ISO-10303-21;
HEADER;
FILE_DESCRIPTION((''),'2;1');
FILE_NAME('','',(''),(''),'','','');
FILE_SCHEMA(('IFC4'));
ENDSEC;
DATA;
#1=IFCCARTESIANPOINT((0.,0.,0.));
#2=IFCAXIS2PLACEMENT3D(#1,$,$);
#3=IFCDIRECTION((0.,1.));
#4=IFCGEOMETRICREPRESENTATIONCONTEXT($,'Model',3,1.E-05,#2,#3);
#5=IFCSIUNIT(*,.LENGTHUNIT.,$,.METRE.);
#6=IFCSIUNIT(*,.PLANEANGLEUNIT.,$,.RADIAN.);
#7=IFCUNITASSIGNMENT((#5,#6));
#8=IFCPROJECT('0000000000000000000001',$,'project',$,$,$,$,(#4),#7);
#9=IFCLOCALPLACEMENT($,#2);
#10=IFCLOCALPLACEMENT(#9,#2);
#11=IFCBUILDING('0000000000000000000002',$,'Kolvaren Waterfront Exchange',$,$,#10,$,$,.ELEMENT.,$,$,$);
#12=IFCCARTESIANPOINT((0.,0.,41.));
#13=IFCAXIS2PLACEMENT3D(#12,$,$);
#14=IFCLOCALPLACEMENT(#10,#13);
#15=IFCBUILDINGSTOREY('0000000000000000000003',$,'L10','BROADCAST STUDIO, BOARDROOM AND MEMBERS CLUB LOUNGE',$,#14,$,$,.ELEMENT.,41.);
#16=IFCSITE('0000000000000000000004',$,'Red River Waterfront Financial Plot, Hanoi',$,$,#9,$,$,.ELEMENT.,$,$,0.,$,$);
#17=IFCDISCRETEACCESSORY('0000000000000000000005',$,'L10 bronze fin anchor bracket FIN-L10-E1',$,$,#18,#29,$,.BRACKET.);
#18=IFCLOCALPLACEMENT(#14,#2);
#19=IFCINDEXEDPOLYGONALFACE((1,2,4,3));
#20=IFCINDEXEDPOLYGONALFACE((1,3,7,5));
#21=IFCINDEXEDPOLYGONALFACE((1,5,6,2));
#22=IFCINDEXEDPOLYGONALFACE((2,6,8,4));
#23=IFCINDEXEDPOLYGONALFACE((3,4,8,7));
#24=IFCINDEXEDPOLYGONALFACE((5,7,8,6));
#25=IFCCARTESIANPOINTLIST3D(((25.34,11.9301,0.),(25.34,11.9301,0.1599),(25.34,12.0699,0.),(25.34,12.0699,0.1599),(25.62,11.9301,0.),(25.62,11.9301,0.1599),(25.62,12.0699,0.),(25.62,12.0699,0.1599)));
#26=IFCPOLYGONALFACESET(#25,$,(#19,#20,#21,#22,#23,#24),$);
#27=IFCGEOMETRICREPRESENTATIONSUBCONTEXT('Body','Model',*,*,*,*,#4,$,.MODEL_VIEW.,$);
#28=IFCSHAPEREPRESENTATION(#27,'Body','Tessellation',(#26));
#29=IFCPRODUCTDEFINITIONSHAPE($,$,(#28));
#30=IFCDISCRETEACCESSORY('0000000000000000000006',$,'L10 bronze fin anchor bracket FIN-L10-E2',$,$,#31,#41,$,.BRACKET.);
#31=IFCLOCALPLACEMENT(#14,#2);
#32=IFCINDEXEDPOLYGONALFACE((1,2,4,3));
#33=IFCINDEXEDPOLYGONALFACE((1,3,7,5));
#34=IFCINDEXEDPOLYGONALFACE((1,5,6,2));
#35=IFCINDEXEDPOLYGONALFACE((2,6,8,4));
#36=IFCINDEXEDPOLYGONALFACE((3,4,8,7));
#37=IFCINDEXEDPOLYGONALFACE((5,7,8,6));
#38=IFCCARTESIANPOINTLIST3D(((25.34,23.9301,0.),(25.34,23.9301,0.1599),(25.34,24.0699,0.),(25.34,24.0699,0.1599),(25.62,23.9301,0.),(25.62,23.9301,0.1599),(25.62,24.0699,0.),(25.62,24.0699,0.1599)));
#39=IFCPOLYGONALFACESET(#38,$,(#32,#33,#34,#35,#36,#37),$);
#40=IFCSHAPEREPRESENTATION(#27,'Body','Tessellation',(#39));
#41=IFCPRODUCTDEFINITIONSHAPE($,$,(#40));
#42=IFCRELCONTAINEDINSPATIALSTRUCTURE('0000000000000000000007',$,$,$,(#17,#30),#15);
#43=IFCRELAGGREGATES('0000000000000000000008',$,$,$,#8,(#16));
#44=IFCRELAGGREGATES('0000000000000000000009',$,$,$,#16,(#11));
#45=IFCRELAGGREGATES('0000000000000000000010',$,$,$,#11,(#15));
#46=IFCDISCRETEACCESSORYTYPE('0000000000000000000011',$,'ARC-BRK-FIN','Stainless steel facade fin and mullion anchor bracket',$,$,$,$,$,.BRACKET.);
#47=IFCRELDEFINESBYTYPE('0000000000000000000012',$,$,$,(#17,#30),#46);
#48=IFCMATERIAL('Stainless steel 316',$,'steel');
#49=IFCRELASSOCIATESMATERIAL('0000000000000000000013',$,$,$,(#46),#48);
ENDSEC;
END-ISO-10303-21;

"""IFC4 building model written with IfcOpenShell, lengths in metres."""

from ifc_helpers import new_model, si_unit, direction, frame, origin, origin_with_axes, origin_2d, place, context, subcontext, project, spatial, rectangle, extrude, source, transform, mapped, material, type_object, element, save


model = new_model("IFC4")

# Units and contexts
model_context = context("Model", 3, precision=1e-05, world=origin(), true_north=direction((0.0, 1.0)))
body_context = subcontext(model_context, "Body", "Model", "MODEL_VIEW")
ifc_project = project(units=[si_unit("LENGTHUNIT", "METRE"), si_unit("PLANEANGLEUNIT", "RADIAN")], contexts=[model_context])

# Site, building, storey
site_placement = place(None, origin())
site = spatial("IfcSite", under=ifc_project, at=site_placement, Name="Red River Waterfront Financial Plot, Hanoi", CompositionType="ELEMENT", RefElevation=0.0)
building_placement = place(site_placement, origin())
building = spatial("IfcBuilding", under=site, at=building_placement, Name="Kolvaren Waterfront Exchange", CompositionType="ELEMENT")
storey_placement = place(building_placement, frame((0.0, 0.0, 41.0)))
storey = spatial("IfcBuildingStorey", under=building, at=storey_placement, Name="L10", Description="BROADCAST STUDIO, BOARDROOM AND MEMBERS CLUB LOUNGE", CompositionType="ELEMENT", Elevation=41.0)

# Shared definitions
ifc_material_1 = material(Name="Stainless steel 316", Category="steel")

# Discrete accessories
discrete_accessory_type = type_object("IfcDiscreteAccessoryType", Name="ARC-BRK-FIN", Description="Stainless steel facade fin and mullion anchor bracket", PredefinedType="BRACKET", material=ifc_material_1)
shared_shape = source(origin_with_axes(), body_context, "Body", "SweptSolid", [
    extrude(rectangle(XDim=0.28, YDim=0.1399, at=origin_2d()), origin(), (0.0, 0.0, 1.0), 0.1599),
])
for number, where, z_axis, x_axis, name in (
    (1, (25.48, 12.0, 0.0), (0.0, 0.0, 1.0), (1.0, 0.0, 0.0), "L10 bronze fin anchor bracket FIN-L10-E1"),
    (2, (25.48, 24.0, 0.0), (0.0, 0.0, 1.0), (1.0, 0.0, 0.0), "L10 bronze fin anchor bracket FIN-L10-E2"),
):
    element("IfcDiscreteAccessory", number, at=place(storey_placement, frame(where, z_axis=z_axis, x_axis=x_axis)), inside=storey, type_object=discrete_accessory_type, Name=name, PredefinedType="BRACKET", context=body_context, shape_type="MappedRepresentation", body=[
        mapped(shared_shape, transform((0.0, 0.0, 0.0), x_axis=(1.0, 0.0, 0.0), y_axis=(0.0, 1.0, 0.0), z_axis=(0.0, 0.0, 1.0), scale=1.0)),
    ])

save(model, "model.ifc")
